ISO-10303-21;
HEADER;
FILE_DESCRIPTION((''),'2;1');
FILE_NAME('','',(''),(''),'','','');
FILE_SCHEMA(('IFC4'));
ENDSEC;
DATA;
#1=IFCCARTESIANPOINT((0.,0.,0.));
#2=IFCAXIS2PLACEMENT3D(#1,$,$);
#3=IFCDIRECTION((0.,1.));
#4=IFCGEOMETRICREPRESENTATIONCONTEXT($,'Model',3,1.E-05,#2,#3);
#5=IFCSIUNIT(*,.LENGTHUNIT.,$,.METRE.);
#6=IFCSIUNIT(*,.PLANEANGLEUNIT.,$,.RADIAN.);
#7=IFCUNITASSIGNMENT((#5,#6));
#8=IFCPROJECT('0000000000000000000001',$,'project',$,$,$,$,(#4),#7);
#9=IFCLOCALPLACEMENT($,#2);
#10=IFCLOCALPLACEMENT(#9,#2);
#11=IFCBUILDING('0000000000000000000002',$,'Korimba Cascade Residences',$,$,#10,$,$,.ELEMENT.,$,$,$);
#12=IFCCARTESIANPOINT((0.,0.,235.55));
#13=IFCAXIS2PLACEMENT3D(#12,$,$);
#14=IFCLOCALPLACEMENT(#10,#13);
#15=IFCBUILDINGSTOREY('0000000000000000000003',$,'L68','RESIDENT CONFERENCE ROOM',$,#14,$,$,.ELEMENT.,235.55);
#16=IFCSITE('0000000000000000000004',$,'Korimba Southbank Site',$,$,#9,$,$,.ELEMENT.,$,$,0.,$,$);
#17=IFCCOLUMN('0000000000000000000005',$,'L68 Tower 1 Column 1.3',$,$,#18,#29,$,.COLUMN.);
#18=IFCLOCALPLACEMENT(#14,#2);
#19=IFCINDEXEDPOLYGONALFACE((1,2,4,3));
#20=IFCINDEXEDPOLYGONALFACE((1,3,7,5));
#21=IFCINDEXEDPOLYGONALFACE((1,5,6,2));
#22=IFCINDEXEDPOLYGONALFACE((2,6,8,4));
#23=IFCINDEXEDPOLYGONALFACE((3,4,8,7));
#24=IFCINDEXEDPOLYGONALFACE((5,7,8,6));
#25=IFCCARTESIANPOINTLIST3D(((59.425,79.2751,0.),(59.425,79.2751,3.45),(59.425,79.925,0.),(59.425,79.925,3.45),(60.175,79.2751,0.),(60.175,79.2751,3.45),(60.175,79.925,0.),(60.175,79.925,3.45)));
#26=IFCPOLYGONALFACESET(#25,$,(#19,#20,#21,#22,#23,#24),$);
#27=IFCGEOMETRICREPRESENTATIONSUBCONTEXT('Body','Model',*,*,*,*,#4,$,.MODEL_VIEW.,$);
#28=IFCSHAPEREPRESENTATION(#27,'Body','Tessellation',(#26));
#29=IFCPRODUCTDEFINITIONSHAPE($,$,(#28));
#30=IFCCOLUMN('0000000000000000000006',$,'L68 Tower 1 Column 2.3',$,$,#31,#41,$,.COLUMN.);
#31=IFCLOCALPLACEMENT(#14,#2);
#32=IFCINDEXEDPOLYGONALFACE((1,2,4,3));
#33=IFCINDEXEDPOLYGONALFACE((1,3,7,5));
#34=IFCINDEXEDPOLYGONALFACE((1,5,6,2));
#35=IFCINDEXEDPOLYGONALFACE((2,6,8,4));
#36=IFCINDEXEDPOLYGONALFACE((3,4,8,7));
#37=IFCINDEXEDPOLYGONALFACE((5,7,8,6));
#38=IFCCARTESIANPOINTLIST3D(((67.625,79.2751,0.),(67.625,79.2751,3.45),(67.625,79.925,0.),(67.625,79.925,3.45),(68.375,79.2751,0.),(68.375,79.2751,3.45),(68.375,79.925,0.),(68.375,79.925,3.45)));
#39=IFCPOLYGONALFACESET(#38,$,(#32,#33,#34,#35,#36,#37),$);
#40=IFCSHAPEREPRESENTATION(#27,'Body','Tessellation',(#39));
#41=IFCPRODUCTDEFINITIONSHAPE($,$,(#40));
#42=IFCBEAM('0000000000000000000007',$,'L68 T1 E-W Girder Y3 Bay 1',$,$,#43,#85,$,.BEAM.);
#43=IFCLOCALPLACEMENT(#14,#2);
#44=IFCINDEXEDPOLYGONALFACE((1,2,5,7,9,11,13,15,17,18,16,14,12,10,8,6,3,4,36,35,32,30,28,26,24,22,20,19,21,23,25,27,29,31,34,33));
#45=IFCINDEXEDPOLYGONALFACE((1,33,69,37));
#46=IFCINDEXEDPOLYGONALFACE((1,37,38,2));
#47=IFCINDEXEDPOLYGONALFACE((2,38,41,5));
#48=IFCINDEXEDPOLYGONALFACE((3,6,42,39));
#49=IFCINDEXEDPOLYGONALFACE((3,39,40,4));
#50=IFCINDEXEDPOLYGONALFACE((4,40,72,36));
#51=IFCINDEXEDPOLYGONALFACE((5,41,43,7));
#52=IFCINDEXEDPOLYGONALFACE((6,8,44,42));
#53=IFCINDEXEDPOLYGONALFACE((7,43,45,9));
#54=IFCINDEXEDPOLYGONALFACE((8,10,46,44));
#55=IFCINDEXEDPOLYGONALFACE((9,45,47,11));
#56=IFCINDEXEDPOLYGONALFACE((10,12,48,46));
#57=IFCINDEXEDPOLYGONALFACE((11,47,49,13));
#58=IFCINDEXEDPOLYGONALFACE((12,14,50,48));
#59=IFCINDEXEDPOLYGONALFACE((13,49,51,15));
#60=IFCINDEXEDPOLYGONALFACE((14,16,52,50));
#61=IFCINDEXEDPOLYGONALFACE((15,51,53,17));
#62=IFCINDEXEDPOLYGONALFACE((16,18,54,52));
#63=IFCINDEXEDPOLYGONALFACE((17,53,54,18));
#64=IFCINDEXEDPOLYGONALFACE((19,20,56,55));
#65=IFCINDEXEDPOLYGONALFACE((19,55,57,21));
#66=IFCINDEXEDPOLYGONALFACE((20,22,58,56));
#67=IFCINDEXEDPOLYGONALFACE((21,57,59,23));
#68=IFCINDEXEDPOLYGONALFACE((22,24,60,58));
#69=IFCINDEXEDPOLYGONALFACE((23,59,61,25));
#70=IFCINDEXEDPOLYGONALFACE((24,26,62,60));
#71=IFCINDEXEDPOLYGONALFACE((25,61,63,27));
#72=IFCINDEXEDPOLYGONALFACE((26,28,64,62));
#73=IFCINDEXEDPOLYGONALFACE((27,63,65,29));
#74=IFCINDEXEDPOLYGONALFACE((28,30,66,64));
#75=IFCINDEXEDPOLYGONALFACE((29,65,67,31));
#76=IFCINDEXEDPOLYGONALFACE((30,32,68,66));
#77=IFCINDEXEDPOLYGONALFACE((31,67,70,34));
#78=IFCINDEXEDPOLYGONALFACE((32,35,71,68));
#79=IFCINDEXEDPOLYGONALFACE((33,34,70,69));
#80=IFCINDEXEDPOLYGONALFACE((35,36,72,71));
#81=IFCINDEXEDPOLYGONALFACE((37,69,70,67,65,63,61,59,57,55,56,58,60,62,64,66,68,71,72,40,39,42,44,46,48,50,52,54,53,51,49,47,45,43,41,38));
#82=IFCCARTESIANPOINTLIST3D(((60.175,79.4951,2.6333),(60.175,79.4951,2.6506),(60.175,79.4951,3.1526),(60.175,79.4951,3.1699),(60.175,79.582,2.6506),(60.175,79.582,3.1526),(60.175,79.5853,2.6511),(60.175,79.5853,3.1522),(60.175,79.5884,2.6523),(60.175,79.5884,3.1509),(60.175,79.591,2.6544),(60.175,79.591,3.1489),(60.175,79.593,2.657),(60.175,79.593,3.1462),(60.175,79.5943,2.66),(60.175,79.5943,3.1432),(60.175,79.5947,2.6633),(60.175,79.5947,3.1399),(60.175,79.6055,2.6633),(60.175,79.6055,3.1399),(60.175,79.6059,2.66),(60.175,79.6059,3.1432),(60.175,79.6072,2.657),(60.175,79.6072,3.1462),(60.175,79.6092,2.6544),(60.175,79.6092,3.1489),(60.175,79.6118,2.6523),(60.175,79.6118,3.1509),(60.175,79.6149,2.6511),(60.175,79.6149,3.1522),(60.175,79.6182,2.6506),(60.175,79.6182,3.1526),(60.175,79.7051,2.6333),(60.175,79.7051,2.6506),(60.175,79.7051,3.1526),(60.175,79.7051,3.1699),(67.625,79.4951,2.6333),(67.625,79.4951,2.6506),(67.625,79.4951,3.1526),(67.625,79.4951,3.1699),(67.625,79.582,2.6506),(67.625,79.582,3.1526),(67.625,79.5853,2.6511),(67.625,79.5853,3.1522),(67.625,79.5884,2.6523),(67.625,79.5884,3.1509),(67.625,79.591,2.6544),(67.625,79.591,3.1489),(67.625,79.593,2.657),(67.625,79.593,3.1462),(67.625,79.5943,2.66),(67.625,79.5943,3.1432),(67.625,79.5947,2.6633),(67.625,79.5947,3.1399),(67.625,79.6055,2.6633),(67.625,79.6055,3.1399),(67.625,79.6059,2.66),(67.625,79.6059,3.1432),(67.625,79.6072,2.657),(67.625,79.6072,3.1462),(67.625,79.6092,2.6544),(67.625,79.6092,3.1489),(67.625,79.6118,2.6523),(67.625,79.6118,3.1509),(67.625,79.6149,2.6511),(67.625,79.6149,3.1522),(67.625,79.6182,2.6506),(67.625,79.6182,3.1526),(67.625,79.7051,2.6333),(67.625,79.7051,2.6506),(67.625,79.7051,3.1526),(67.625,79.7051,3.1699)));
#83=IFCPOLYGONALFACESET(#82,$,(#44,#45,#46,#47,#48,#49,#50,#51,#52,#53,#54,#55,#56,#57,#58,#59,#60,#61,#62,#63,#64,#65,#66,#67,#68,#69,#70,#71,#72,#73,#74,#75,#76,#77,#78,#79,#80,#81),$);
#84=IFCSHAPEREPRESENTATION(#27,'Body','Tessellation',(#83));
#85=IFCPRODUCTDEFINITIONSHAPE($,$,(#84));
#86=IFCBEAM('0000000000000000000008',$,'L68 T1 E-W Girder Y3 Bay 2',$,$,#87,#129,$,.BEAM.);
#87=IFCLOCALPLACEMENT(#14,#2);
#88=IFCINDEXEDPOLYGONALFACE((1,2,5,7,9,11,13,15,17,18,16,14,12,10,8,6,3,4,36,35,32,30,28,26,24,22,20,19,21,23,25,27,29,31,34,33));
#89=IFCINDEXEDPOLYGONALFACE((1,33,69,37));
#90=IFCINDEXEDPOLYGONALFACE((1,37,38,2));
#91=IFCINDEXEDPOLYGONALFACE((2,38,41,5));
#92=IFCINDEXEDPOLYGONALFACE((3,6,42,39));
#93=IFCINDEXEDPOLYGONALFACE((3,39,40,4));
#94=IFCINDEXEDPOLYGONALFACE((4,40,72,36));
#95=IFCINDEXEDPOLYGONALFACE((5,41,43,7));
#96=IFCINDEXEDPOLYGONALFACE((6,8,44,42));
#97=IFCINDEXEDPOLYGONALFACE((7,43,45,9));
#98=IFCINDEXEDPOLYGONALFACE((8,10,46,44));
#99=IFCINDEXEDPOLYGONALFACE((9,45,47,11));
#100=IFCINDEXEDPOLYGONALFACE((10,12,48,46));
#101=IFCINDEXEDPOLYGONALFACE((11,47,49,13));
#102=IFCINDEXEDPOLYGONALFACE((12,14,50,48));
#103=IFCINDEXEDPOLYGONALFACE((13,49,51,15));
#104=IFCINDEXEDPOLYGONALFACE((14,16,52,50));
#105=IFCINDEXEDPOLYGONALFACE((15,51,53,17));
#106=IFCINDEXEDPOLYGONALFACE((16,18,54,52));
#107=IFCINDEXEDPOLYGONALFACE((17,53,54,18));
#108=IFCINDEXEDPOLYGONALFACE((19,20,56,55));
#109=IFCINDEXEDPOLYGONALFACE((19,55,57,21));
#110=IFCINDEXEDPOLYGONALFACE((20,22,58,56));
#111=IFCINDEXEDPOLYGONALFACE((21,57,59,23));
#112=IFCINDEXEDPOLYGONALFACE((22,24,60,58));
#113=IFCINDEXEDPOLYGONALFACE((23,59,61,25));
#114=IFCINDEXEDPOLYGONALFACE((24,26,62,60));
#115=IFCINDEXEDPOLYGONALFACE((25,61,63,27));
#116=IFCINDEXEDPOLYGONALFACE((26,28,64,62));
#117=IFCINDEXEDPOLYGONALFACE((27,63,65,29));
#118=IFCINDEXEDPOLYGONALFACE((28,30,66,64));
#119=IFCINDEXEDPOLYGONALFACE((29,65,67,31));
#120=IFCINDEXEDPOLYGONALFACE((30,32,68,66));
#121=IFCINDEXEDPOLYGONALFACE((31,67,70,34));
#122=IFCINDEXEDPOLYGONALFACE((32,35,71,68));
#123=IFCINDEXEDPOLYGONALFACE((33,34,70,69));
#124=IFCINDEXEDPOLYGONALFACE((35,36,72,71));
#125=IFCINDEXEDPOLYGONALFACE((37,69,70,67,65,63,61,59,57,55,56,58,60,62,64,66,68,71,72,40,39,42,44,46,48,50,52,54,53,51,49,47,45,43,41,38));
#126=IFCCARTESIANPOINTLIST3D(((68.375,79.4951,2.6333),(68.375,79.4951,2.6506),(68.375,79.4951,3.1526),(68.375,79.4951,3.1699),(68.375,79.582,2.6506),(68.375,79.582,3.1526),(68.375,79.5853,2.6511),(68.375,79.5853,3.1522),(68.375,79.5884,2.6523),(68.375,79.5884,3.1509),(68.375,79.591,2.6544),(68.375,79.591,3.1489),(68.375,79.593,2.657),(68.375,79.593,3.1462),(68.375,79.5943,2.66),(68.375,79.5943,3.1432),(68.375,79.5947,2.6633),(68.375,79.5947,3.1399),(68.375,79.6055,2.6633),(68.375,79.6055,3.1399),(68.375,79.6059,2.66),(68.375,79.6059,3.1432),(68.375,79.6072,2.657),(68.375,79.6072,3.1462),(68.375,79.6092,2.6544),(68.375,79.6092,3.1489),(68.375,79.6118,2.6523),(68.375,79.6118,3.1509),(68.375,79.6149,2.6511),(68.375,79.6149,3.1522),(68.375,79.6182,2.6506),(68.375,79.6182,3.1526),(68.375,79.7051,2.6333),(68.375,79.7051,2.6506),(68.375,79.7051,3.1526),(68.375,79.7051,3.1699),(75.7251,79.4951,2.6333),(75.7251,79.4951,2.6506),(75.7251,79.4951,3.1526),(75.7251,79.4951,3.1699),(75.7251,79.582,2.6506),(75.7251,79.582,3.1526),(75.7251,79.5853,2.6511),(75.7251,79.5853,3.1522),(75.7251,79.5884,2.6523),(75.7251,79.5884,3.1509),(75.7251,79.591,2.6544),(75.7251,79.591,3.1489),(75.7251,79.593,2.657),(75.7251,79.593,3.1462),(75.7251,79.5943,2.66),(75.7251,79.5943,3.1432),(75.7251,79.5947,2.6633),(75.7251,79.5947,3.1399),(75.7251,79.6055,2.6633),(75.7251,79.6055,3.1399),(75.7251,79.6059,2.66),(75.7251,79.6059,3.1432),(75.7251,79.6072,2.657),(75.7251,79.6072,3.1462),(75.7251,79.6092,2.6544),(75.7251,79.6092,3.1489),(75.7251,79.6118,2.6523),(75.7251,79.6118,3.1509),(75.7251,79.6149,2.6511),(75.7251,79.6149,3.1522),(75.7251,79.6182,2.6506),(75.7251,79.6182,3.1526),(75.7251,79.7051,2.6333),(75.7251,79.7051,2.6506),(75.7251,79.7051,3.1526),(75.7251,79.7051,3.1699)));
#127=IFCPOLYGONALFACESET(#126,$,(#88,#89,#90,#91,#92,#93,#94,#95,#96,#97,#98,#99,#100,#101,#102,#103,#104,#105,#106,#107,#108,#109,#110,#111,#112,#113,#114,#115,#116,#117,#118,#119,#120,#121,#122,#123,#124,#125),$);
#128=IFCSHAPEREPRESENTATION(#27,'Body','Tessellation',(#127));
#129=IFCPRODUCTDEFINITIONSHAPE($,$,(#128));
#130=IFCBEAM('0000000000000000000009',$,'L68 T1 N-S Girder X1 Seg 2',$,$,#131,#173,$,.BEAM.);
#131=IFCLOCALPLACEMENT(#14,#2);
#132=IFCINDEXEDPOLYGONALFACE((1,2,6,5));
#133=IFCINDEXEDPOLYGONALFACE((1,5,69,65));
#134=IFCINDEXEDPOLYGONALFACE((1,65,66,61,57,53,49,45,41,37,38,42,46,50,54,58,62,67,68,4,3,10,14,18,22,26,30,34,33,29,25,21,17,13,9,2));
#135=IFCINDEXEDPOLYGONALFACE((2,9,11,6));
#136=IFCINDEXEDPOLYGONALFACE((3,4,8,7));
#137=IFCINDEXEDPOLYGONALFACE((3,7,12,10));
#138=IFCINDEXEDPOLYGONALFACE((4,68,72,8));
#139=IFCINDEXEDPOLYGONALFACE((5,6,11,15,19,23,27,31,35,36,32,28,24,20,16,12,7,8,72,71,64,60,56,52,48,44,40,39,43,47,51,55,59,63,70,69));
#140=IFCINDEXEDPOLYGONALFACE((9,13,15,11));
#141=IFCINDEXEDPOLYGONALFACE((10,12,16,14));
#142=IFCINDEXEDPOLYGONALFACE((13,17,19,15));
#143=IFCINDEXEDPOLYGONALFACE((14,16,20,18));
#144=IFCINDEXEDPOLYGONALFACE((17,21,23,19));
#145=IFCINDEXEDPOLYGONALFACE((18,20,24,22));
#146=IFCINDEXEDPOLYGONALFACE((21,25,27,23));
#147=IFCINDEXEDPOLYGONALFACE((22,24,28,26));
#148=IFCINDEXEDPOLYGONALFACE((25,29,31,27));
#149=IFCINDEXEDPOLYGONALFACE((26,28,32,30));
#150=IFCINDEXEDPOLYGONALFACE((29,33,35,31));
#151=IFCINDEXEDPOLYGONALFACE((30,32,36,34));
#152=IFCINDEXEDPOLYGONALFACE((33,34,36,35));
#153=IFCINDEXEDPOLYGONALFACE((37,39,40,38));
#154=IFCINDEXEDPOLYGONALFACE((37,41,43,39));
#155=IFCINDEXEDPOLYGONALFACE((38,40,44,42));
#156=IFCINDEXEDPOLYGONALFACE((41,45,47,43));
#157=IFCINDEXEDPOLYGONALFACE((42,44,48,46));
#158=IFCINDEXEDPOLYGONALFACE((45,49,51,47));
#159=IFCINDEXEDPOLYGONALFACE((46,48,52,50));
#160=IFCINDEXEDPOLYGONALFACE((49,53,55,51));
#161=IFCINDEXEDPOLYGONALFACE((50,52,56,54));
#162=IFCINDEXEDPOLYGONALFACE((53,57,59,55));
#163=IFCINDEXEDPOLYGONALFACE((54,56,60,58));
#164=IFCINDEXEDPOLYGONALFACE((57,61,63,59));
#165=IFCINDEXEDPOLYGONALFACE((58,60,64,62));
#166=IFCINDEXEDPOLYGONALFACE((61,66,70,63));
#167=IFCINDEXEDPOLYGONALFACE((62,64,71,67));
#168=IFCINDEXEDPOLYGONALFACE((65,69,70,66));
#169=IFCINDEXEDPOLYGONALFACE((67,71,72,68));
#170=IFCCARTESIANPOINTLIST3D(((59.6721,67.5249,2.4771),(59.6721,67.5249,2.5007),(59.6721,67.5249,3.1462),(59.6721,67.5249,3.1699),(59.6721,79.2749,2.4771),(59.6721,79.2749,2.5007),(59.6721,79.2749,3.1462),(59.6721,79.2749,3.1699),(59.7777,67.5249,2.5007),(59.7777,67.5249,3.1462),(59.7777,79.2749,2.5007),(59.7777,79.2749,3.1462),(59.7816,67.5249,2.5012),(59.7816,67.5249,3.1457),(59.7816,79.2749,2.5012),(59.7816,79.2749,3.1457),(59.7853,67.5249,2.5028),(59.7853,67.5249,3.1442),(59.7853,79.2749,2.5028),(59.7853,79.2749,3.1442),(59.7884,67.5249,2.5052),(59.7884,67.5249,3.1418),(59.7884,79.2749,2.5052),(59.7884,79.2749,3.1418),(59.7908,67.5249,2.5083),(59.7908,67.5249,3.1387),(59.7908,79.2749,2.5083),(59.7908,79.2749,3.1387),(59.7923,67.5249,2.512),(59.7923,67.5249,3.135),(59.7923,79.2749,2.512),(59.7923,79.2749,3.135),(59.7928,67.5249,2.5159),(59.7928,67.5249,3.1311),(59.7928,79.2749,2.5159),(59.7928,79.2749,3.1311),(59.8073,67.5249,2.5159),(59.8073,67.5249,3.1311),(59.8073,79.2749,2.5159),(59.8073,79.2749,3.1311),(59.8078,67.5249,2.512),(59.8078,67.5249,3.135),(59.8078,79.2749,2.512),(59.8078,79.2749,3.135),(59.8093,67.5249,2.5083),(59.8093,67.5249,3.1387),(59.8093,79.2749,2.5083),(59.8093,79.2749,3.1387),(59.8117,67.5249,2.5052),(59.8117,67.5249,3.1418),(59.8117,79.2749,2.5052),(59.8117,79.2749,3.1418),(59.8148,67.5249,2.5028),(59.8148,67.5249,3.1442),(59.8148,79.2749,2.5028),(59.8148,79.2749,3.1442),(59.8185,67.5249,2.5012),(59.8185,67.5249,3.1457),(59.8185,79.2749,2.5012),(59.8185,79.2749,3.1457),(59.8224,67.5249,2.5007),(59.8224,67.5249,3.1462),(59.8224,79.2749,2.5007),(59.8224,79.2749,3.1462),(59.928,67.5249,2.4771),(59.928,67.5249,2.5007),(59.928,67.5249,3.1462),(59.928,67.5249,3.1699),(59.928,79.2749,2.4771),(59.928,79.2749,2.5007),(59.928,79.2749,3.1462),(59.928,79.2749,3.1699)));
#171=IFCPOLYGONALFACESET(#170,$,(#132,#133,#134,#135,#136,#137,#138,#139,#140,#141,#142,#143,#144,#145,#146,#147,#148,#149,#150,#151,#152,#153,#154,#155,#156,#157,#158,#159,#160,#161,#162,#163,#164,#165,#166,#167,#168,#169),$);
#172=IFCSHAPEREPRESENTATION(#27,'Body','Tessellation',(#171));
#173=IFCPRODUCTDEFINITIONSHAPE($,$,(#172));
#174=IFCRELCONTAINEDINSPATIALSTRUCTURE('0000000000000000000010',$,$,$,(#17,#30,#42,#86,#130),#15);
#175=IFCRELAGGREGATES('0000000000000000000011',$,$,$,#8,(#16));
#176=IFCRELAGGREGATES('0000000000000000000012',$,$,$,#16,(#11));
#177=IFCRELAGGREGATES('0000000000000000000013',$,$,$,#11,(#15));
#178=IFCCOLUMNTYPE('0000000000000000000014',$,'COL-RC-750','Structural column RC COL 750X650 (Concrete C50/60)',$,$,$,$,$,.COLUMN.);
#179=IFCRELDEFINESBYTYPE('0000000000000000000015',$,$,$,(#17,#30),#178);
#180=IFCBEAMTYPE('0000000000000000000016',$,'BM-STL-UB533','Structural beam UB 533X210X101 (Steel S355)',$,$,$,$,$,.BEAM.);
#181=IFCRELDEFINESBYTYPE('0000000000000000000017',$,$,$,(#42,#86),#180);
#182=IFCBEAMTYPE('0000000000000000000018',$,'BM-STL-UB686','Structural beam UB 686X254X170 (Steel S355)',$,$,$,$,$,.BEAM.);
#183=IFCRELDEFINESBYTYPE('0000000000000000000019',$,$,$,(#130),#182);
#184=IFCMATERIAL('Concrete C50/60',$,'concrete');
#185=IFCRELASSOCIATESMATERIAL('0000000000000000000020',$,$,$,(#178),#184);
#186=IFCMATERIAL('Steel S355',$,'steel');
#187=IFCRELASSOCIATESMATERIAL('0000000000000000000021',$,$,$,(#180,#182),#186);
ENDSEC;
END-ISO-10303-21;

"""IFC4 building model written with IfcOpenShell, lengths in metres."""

from ifc_helpers import new_model, si_unit, direction, frame, origin, origin_2d, place, context, subcontext, project, spatial, rectangle, i_section, extrude, material, material_profile, profile_set, type_object, element, save


model = new_model("IFC4")

# Units and contexts
model_context = context("Model", 3, precision=1e-05, world=origin(), true_north=direction((0.0, 1.0)))
body_context = subcontext(model_context, "Body", "Model", "MODEL_VIEW")
ifc_project = project(units=[si_unit("LENGTHUNIT", "METRE"), si_unit("PLANEANGLEUNIT", "RADIAN")], contexts=[model_context])

# Site, building, storey
site_placement = place(None, origin())
site = spatial("IfcSite", under=ifc_project, at=site_placement, Name="Korimba Southbank Site", CompositionType="ELEMENT", RefElevation=0.0)
building_placement = place(site_placement, origin())
building = spatial("IfcBuilding", under=site, at=building_placement, Name="Korimba Cascade Residences", CompositionType="ELEMENT")
storey_placement = place(building_placement, frame((0.0, 0.0, 235.55)))
storey = spatial("IfcBuildingStorey", under=building, at=storey_placement, Name="L68", Description="RESIDENT CONFERENCE ROOM", CompositionType="ELEMENT", Elevation=235.55)

# Columns
ifc_material_1 = material(Name="Concrete C50/60", Category="concrete")
ifc_material_profile_1 = material_profile(ifc_material_1, rectangle(XDim=0.75, YDim=0.6499, at=origin_2d()), Name="Concrete C50/60")
ifc_profile_set_1 = profile_set([ifc_material_profile_1], Name="Concrete C50/60")
column_type = type_object("IfcColumnType", Name="COL-RC-750", Description="Structural column RC COL 750X650 (Concrete C50/60)", PredefinedType="COLUMN", material=ifc_profile_set_1)
for number, where, z_axis, x_axis, name in (
    (1, (59.8, 79.6001, 0.0), (0.0, 0.0, 1.0), (1.0, 0.0, 0.0), "L68 Tower 1 Column 1.3"),
    (2, (68.0, 79.6001, 0.0), (0.0, 0.0, 1.0), (1.0, 0.0, 0.0), "L68 Tower 1 Column 2.3"),
):
    element("IfcColumn", number, at=place(storey_placement, frame(where, z_axis=z_axis, x_axis=x_axis)), inside=storey, type_object=column_type, Name=name, PredefinedType="COLUMN", context=body_context, shape_type="SweptSolid", body=[
        extrude(rectangle(XDim=0.75, YDim=0.6499, at=origin_2d()), origin(), (0.0, 0.0, 1.0), 3.45),
    ])

# Beams
ifc_material_2 = material(Name="Steel S355", Category="steel")
ifc_material_profile_2 = material_profile(ifc_material_2, i_section(OverallWidth=0.21, OverallDepth=0.5366, WebThickness=0.0107, FlangeThickness=0.0173, FilletRadius=0.0127, at=origin_2d()), Name="Steel S355")
ifc_profile_set_2 = profile_set([ifc_material_profile_2], Name="Steel S355")
beam_type_1 = type_object("IfcBeamType", Name="BM-STL-UB533", Description="Structural beam UB 533X210X101 (Steel S355)", PredefinedType="BEAM", material=ifc_profile_set_2)
beam_1_placement = place(storey_placement, frame((60.175, 79.6001, 2.9016), z_axis=(1.0, 0.0, 0.0), x_axis=(0.0, 1.0, 0.0)))
element("IfcBeam", 3, at=beam_1_placement, inside=storey, type_object=beam_type_1, Name="L68 T1 E-W Girder Y3 Bay 1", PredefinedType="BEAM", context=body_context, shape_type="SweptSolid", body=[
    extrude(i_section(OverallWidth=0.21, OverallDepth=0.5366, WebThickness=0.0107, FlangeThickness=0.0173, FilletRadius=0.0127, at=origin_2d()), origin(), (0.0, 0.0, 1.0), 7.45),
])
beam_2_placement = place(storey_placement, frame((68.375, 79.6001, 2.9016), z_axis=(1.0, 0.0, 0.0), x_axis=(0.0, 1.0, 0.0)))
element("IfcBeam", 4, at=beam_2_placement, inside=storey, type_object=beam_type_1, Name="L68 T1 E-W Girder Y3 Bay 2", PredefinedType="BEAM", context=body_context, shape_type="SweptSolid", body=[
    extrude(i_section(OverallWidth=0.21, OverallDepth=0.5366, WebThickness=0.0107, FlangeThickness=0.0173, FilletRadius=0.0127, at=origin_2d()), origin(), (0.0, 0.0, 1.0), 7.3501),
])
ifc_material_profile_3 = material_profile(ifc_material_2, i_section(OverallWidth=0.2559, OverallDepth=0.6929, WebThickness=0.0144, FlangeThickness=0.0237, FilletRadius=0.0151, at=origin_2d()), Name="Steel S355")
ifc_profile_set_3 = profile_set([ifc_material_profile_3], Name="Steel S355")
beam_type_2 = type_object("IfcBeamType", Name="BM-STL-UB686", Description="Structural beam UB 686X254X170 (Steel S355)", PredefinedType="BEAM", material=ifc_profile_set_3)
beam_3_placement = place(storey_placement, frame((59.8, 67.5249, 2.8235), z_axis=(0.0, 1.0, 0.0), x_axis=(-1.0, 0.0, 0.0)))
element("IfcBeam", 5, at=beam_3_placement, inside=storey, type_object=beam_type_2, Name="L68 T1 N-S Girder X1 Seg 2", PredefinedType="BEAM", context=body_context, shape_type="SweptSolid", body=[
    extrude(i_section(OverallWidth=0.2559, OverallDepth=0.6929, WebThickness=0.0144, FlangeThickness=0.0237, FilletRadius=0.0151, at=origin_2d()), origin(), (0.0, 0.0, 1.0), 11.75),
])

save(model, "model.ifc")
